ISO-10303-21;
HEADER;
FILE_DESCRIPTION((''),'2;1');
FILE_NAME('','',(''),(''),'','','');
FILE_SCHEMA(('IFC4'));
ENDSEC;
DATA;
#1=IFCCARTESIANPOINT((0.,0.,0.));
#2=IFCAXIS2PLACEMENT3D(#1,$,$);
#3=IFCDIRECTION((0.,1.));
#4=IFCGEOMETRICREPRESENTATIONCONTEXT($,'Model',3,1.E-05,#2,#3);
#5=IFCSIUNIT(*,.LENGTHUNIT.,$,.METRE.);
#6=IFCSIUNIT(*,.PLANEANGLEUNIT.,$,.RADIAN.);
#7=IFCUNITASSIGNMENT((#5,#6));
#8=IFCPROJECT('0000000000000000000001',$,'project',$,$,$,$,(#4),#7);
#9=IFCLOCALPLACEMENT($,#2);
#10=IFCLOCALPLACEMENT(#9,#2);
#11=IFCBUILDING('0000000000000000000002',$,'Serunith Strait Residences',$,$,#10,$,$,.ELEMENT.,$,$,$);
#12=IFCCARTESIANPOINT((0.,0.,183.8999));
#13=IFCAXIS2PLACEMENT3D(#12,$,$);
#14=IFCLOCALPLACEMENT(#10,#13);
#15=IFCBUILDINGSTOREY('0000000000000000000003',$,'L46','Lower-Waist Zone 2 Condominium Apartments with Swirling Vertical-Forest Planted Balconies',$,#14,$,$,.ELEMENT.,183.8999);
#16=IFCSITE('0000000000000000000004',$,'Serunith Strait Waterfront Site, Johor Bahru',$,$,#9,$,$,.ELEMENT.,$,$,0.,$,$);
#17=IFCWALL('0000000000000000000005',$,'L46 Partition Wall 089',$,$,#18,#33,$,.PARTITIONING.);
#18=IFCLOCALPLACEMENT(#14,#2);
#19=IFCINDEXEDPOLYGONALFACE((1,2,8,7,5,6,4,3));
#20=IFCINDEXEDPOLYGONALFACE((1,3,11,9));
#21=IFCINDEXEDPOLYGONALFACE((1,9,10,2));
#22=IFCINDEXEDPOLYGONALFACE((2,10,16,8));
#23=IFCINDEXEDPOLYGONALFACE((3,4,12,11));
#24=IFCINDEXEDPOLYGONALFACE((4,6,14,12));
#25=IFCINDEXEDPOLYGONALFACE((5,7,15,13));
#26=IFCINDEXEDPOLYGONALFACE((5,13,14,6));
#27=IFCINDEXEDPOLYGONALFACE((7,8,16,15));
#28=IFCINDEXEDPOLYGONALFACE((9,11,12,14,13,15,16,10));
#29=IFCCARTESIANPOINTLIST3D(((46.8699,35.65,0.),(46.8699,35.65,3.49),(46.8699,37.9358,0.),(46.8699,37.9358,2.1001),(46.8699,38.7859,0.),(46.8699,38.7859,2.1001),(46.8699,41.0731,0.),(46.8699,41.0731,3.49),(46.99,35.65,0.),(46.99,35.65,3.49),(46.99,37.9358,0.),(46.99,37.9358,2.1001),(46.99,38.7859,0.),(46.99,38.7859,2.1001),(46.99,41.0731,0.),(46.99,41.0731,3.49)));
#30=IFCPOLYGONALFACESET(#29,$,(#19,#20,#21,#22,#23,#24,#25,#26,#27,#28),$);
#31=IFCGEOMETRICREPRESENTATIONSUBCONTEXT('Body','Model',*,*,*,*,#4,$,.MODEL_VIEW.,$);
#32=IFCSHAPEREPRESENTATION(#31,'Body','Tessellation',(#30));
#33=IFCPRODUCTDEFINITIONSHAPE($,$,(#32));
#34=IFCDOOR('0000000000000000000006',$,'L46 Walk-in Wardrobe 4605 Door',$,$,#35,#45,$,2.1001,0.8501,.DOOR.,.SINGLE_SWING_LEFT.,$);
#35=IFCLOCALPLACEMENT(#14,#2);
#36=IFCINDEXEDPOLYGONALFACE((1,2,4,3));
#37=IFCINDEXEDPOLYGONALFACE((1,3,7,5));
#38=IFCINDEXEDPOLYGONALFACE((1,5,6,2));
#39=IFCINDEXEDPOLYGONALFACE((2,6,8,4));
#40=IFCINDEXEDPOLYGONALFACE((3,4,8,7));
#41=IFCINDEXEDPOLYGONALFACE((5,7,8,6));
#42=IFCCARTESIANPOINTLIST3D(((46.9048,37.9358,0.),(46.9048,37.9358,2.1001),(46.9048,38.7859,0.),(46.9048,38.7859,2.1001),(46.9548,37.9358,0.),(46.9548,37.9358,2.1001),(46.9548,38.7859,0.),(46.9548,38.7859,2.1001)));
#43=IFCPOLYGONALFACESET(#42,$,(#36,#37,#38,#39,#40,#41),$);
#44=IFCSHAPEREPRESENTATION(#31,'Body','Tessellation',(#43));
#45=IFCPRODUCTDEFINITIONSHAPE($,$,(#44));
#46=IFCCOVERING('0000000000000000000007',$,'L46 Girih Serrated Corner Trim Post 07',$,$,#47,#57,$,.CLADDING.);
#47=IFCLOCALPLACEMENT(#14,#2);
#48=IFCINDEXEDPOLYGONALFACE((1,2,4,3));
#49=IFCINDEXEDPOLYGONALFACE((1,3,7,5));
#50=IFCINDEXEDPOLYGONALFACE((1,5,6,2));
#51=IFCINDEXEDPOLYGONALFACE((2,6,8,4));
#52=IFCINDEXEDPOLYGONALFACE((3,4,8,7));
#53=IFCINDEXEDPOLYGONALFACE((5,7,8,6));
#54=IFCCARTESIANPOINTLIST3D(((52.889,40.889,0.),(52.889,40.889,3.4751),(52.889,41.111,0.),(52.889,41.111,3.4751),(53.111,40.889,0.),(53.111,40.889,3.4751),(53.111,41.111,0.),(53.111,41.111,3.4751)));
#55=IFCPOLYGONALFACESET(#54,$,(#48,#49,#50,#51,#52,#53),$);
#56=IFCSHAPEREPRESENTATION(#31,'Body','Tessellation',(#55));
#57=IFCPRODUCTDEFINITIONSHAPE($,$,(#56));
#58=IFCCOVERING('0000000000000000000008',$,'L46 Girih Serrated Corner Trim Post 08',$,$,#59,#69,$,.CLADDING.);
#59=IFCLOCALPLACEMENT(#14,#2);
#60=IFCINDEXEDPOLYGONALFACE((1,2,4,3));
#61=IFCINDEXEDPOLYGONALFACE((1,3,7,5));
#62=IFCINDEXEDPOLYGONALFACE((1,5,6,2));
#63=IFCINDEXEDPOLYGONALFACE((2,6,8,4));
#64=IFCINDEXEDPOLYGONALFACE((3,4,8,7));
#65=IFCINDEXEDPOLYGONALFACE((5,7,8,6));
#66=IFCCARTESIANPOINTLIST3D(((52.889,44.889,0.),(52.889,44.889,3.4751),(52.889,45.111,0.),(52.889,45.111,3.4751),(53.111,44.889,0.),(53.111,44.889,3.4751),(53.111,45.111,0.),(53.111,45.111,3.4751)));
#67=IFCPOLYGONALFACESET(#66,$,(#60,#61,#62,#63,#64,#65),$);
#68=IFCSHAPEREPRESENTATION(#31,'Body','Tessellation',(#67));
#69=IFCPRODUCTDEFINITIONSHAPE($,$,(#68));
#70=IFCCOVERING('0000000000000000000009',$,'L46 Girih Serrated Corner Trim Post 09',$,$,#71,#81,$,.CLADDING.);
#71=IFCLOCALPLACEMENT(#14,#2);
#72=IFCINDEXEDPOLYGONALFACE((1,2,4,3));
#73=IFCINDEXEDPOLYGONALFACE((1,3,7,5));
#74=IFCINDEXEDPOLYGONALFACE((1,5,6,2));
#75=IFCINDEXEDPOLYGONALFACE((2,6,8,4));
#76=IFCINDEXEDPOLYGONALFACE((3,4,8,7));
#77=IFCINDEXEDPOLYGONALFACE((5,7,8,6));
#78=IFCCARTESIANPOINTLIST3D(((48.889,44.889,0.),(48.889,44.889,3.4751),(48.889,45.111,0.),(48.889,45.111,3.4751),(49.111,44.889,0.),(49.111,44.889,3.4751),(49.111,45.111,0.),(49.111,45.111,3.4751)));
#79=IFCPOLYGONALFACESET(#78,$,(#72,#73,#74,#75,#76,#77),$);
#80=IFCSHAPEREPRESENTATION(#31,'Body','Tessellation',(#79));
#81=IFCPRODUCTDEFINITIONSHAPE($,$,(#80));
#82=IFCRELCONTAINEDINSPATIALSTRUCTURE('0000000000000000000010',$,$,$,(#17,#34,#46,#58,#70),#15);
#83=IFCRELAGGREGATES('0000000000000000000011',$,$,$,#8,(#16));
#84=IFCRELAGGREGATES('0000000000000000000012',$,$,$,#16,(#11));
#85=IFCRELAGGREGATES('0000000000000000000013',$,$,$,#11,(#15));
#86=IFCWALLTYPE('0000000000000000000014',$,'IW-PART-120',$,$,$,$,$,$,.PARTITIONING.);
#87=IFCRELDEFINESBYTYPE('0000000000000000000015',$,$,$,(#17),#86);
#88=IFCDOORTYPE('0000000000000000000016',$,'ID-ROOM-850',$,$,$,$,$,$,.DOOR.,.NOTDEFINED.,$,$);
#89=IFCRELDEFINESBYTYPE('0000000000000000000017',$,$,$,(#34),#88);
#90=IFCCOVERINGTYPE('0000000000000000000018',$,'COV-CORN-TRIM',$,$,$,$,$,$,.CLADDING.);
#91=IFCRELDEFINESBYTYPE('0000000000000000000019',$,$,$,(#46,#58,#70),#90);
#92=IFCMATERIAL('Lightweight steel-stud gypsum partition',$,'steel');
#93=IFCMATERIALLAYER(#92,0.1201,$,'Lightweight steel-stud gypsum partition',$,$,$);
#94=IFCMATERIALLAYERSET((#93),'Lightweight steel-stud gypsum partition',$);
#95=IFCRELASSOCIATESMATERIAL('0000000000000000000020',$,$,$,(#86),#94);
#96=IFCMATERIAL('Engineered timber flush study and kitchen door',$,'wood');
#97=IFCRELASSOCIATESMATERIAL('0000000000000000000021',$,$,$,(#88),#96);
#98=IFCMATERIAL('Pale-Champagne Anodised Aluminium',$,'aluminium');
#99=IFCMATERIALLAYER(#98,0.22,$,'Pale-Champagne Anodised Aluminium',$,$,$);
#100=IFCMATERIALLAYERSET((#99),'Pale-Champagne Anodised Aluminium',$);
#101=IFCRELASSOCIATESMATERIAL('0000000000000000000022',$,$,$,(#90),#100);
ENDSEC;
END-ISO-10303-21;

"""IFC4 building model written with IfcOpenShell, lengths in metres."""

from ifc_helpers import new_model, si_unit, direction, frame, frame_2d, origin, origin_2d, place, context, subcontext, project, spatial, rectangle, extrude, source, transform, mapped, material, layer, layer_set, type_object, element, fill, save


model = new_model("IFC4")

# Units and contexts
model_context = context("Model", 3, precision=1e-05, world=origin(), true_north=direction((0.0, 1.0)))
body_context = subcontext(model_context, "Body", "Model", "MODEL_VIEW")
ifc_project = project(units=[si_unit("LENGTHUNIT", "METRE"), si_unit("PLANEANGLEUNIT", "RADIAN")], contexts=[model_context])

# Site, building, storey
site_placement = place(None, origin())
site = spatial("IfcSite", under=ifc_project, at=site_placement, Name="Serunith Strait Waterfront Site, Johor Bahru", CompositionType="ELEMENT", RefElevation=0.0)
building_placement = place(site_placement, origin())
building = spatial("IfcBuilding", under=site, at=building_placement, Name="Serunith Strait Residences", CompositionType="ELEMENT")
storey_placement = place(building_placement, frame((0.0, 0.0, 183.8999)))
storey = spatial("IfcBuildingStorey", under=building, at=storey_placement, Name="L46", Description="Lower-Waist Zone 2 Condominium Apartments with Swirling Vertical-Forest Planted Balconies", CompositionType="ELEMENT", Elevation=183.8999)

# Shared definitions
ifc_material_1 = material(Name="Pale-Champagne Anodised Aluminium", Category="aluminium")

# Shared definitions
ifc_material_2 = material(Name="Lightweight steel-stud gypsum partition", Category="steel")
ifc_layer_1 = layer(ifc_material_2, 0.1201, Name="Lightweight steel-stud gypsum partition")
ifc_layer_set_1 = layer_set([ifc_layer_1], Name="Lightweight steel-stud gypsum partition")
wall_type_1 = type_object("IfcWallType", Name="IW-PART-120", PredefinedType="PARTITIONING", material=ifc_layer_set_1)

# Wall, opening, door
wall_1_placement = place(storey_placement, frame((46.9299, 41.073, 0.0), z_axis=(0.0, 0.0, 1.0), x_axis=(0.0, -1.0, 0.0)))
wall_1 = element("IfcWall", 1, at=wall_1_placement, inside=storey, type_object=wall_type_1, Name="L46 Partition Wall 089", PredefinedType="PARTITIONING", context=body_context, shape_type="SweptSolid", body=[
    extrude(rectangle(XDim=5.4231, YDim=0.1201, at=frame_2d((2.7114, 0.0))), origin(), (0.0, 0.0, 1.0), 3.49),
])
opening_1_placement = place(wall_1_placement, frame((2.2871, 0.0, 0.0)))
opening_1 = element("IfcOpeningElement", 2, at=opening_1_placement, cuts=wall_1, PredefinedType="OPENING", context=body_context, shape_type="SweptSolid", body=[
    extrude(rectangle(XDim=0.8501, YDim=2.1001, at=frame_2d((0.425, 1.05))), frame((0.0, 0.0701, 0.0), z_axis=(0.0, -1.0, 0.0), x_axis=(1.0, 0.0, 0.0)), (0.0, 0.0, 1.0), 0.1401),
])
ifc_material_3 = material(Name="Engineered timber flush study and kitchen door", Category="wood")
door_type_1 = type_object("IfcDoorType", Name="ID-ROOM-850", OperationType="NOTDEFINED", PredefinedType="DOOR", material=ifc_material_3)
shared_shape_1 = source(origin(), body_context, "Body", "SweptSolid", [
    extrude(rectangle(XDim=0.8501, YDim=2.1001, at=frame_2d((0.425, 1.05))), frame((0.0, 0.0249, 0.0), z_axis=(0.0, -1.0, 0.0), x_axis=(1.0, 0.0, 0.0)), (0.0, 0.0, 1.0), 0.05),
])
door_1_placement = place(opening_1_placement, origin())
door_1 = element("IfcDoor", 3, at=door_1_placement, inside=storey, type_object=door_type_1, Name="L46 Walk-in Wardrobe 4605 Door", OperationType="SINGLE_SWING_LEFT", OverallHeight=2.1001, OverallWidth=0.8501, PredefinedType="DOOR", context=body_context, shape_type="MappedRepresentation", body=[
    mapped(shared_shape_1, transform((0.0, 0.0, 0.0), scale=1.0)),
])
fill(opening_1, door_1)

# Coverings
ifc_layer_2 = layer(ifc_material_1, 0.22, Name="Pale-Champagne Anodised Aluminium")
ifc_layer_set_2 = layer_set([ifc_layer_2], Name="Pale-Champagne Anodised Aluminium")
covering_type = type_object("IfcCoveringType", Name="COV-CORN-TRIM", PredefinedType="CLADDING", material=ifc_layer_set_2)
shared_shape_2 = source(origin(), body_context, "Body", "SweptSolid", [
    extrude(rectangle(XDim=0.2219, YDim=0.2219, at=origin_2d()), origin(), (0.0, 0.0, 1.0), 3.4751),
])
for number, where, z_axis, x_axis, name in (
    (4, (53.0, 41.0, 0.0), (0.0, 0.0, 1.0), (1.0, 0.0, 0.0), "L46 Girih Serrated Corner Trim Post 07"),
    (5, (53.0, 45.0, 0.0), (0.0, 0.0, 1.0), (1.0, 0.0, 0.0), "L46 Girih Serrated Corner Trim Post 08"),
    (6, (49.0, 45.0, 0.0), (0.0, 0.0, 1.0), (1.0, 0.0, 0.0), "L46 Girih Serrated Corner Trim Post 09"),
):
    element("IfcCovering", number, at=place(storey_placement, frame(where, z_axis=z_axis, x_axis=x_axis)), inside=storey, type_object=covering_type, Name=name, PredefinedType="CLADDING", context=body_context, shape_type="MappedRepresentation", body=[
        mapped(shared_shape_2, transform((0.0, 0.0, 0.0), scale=1.0)),
    ])

save(model, "model.ifc")
